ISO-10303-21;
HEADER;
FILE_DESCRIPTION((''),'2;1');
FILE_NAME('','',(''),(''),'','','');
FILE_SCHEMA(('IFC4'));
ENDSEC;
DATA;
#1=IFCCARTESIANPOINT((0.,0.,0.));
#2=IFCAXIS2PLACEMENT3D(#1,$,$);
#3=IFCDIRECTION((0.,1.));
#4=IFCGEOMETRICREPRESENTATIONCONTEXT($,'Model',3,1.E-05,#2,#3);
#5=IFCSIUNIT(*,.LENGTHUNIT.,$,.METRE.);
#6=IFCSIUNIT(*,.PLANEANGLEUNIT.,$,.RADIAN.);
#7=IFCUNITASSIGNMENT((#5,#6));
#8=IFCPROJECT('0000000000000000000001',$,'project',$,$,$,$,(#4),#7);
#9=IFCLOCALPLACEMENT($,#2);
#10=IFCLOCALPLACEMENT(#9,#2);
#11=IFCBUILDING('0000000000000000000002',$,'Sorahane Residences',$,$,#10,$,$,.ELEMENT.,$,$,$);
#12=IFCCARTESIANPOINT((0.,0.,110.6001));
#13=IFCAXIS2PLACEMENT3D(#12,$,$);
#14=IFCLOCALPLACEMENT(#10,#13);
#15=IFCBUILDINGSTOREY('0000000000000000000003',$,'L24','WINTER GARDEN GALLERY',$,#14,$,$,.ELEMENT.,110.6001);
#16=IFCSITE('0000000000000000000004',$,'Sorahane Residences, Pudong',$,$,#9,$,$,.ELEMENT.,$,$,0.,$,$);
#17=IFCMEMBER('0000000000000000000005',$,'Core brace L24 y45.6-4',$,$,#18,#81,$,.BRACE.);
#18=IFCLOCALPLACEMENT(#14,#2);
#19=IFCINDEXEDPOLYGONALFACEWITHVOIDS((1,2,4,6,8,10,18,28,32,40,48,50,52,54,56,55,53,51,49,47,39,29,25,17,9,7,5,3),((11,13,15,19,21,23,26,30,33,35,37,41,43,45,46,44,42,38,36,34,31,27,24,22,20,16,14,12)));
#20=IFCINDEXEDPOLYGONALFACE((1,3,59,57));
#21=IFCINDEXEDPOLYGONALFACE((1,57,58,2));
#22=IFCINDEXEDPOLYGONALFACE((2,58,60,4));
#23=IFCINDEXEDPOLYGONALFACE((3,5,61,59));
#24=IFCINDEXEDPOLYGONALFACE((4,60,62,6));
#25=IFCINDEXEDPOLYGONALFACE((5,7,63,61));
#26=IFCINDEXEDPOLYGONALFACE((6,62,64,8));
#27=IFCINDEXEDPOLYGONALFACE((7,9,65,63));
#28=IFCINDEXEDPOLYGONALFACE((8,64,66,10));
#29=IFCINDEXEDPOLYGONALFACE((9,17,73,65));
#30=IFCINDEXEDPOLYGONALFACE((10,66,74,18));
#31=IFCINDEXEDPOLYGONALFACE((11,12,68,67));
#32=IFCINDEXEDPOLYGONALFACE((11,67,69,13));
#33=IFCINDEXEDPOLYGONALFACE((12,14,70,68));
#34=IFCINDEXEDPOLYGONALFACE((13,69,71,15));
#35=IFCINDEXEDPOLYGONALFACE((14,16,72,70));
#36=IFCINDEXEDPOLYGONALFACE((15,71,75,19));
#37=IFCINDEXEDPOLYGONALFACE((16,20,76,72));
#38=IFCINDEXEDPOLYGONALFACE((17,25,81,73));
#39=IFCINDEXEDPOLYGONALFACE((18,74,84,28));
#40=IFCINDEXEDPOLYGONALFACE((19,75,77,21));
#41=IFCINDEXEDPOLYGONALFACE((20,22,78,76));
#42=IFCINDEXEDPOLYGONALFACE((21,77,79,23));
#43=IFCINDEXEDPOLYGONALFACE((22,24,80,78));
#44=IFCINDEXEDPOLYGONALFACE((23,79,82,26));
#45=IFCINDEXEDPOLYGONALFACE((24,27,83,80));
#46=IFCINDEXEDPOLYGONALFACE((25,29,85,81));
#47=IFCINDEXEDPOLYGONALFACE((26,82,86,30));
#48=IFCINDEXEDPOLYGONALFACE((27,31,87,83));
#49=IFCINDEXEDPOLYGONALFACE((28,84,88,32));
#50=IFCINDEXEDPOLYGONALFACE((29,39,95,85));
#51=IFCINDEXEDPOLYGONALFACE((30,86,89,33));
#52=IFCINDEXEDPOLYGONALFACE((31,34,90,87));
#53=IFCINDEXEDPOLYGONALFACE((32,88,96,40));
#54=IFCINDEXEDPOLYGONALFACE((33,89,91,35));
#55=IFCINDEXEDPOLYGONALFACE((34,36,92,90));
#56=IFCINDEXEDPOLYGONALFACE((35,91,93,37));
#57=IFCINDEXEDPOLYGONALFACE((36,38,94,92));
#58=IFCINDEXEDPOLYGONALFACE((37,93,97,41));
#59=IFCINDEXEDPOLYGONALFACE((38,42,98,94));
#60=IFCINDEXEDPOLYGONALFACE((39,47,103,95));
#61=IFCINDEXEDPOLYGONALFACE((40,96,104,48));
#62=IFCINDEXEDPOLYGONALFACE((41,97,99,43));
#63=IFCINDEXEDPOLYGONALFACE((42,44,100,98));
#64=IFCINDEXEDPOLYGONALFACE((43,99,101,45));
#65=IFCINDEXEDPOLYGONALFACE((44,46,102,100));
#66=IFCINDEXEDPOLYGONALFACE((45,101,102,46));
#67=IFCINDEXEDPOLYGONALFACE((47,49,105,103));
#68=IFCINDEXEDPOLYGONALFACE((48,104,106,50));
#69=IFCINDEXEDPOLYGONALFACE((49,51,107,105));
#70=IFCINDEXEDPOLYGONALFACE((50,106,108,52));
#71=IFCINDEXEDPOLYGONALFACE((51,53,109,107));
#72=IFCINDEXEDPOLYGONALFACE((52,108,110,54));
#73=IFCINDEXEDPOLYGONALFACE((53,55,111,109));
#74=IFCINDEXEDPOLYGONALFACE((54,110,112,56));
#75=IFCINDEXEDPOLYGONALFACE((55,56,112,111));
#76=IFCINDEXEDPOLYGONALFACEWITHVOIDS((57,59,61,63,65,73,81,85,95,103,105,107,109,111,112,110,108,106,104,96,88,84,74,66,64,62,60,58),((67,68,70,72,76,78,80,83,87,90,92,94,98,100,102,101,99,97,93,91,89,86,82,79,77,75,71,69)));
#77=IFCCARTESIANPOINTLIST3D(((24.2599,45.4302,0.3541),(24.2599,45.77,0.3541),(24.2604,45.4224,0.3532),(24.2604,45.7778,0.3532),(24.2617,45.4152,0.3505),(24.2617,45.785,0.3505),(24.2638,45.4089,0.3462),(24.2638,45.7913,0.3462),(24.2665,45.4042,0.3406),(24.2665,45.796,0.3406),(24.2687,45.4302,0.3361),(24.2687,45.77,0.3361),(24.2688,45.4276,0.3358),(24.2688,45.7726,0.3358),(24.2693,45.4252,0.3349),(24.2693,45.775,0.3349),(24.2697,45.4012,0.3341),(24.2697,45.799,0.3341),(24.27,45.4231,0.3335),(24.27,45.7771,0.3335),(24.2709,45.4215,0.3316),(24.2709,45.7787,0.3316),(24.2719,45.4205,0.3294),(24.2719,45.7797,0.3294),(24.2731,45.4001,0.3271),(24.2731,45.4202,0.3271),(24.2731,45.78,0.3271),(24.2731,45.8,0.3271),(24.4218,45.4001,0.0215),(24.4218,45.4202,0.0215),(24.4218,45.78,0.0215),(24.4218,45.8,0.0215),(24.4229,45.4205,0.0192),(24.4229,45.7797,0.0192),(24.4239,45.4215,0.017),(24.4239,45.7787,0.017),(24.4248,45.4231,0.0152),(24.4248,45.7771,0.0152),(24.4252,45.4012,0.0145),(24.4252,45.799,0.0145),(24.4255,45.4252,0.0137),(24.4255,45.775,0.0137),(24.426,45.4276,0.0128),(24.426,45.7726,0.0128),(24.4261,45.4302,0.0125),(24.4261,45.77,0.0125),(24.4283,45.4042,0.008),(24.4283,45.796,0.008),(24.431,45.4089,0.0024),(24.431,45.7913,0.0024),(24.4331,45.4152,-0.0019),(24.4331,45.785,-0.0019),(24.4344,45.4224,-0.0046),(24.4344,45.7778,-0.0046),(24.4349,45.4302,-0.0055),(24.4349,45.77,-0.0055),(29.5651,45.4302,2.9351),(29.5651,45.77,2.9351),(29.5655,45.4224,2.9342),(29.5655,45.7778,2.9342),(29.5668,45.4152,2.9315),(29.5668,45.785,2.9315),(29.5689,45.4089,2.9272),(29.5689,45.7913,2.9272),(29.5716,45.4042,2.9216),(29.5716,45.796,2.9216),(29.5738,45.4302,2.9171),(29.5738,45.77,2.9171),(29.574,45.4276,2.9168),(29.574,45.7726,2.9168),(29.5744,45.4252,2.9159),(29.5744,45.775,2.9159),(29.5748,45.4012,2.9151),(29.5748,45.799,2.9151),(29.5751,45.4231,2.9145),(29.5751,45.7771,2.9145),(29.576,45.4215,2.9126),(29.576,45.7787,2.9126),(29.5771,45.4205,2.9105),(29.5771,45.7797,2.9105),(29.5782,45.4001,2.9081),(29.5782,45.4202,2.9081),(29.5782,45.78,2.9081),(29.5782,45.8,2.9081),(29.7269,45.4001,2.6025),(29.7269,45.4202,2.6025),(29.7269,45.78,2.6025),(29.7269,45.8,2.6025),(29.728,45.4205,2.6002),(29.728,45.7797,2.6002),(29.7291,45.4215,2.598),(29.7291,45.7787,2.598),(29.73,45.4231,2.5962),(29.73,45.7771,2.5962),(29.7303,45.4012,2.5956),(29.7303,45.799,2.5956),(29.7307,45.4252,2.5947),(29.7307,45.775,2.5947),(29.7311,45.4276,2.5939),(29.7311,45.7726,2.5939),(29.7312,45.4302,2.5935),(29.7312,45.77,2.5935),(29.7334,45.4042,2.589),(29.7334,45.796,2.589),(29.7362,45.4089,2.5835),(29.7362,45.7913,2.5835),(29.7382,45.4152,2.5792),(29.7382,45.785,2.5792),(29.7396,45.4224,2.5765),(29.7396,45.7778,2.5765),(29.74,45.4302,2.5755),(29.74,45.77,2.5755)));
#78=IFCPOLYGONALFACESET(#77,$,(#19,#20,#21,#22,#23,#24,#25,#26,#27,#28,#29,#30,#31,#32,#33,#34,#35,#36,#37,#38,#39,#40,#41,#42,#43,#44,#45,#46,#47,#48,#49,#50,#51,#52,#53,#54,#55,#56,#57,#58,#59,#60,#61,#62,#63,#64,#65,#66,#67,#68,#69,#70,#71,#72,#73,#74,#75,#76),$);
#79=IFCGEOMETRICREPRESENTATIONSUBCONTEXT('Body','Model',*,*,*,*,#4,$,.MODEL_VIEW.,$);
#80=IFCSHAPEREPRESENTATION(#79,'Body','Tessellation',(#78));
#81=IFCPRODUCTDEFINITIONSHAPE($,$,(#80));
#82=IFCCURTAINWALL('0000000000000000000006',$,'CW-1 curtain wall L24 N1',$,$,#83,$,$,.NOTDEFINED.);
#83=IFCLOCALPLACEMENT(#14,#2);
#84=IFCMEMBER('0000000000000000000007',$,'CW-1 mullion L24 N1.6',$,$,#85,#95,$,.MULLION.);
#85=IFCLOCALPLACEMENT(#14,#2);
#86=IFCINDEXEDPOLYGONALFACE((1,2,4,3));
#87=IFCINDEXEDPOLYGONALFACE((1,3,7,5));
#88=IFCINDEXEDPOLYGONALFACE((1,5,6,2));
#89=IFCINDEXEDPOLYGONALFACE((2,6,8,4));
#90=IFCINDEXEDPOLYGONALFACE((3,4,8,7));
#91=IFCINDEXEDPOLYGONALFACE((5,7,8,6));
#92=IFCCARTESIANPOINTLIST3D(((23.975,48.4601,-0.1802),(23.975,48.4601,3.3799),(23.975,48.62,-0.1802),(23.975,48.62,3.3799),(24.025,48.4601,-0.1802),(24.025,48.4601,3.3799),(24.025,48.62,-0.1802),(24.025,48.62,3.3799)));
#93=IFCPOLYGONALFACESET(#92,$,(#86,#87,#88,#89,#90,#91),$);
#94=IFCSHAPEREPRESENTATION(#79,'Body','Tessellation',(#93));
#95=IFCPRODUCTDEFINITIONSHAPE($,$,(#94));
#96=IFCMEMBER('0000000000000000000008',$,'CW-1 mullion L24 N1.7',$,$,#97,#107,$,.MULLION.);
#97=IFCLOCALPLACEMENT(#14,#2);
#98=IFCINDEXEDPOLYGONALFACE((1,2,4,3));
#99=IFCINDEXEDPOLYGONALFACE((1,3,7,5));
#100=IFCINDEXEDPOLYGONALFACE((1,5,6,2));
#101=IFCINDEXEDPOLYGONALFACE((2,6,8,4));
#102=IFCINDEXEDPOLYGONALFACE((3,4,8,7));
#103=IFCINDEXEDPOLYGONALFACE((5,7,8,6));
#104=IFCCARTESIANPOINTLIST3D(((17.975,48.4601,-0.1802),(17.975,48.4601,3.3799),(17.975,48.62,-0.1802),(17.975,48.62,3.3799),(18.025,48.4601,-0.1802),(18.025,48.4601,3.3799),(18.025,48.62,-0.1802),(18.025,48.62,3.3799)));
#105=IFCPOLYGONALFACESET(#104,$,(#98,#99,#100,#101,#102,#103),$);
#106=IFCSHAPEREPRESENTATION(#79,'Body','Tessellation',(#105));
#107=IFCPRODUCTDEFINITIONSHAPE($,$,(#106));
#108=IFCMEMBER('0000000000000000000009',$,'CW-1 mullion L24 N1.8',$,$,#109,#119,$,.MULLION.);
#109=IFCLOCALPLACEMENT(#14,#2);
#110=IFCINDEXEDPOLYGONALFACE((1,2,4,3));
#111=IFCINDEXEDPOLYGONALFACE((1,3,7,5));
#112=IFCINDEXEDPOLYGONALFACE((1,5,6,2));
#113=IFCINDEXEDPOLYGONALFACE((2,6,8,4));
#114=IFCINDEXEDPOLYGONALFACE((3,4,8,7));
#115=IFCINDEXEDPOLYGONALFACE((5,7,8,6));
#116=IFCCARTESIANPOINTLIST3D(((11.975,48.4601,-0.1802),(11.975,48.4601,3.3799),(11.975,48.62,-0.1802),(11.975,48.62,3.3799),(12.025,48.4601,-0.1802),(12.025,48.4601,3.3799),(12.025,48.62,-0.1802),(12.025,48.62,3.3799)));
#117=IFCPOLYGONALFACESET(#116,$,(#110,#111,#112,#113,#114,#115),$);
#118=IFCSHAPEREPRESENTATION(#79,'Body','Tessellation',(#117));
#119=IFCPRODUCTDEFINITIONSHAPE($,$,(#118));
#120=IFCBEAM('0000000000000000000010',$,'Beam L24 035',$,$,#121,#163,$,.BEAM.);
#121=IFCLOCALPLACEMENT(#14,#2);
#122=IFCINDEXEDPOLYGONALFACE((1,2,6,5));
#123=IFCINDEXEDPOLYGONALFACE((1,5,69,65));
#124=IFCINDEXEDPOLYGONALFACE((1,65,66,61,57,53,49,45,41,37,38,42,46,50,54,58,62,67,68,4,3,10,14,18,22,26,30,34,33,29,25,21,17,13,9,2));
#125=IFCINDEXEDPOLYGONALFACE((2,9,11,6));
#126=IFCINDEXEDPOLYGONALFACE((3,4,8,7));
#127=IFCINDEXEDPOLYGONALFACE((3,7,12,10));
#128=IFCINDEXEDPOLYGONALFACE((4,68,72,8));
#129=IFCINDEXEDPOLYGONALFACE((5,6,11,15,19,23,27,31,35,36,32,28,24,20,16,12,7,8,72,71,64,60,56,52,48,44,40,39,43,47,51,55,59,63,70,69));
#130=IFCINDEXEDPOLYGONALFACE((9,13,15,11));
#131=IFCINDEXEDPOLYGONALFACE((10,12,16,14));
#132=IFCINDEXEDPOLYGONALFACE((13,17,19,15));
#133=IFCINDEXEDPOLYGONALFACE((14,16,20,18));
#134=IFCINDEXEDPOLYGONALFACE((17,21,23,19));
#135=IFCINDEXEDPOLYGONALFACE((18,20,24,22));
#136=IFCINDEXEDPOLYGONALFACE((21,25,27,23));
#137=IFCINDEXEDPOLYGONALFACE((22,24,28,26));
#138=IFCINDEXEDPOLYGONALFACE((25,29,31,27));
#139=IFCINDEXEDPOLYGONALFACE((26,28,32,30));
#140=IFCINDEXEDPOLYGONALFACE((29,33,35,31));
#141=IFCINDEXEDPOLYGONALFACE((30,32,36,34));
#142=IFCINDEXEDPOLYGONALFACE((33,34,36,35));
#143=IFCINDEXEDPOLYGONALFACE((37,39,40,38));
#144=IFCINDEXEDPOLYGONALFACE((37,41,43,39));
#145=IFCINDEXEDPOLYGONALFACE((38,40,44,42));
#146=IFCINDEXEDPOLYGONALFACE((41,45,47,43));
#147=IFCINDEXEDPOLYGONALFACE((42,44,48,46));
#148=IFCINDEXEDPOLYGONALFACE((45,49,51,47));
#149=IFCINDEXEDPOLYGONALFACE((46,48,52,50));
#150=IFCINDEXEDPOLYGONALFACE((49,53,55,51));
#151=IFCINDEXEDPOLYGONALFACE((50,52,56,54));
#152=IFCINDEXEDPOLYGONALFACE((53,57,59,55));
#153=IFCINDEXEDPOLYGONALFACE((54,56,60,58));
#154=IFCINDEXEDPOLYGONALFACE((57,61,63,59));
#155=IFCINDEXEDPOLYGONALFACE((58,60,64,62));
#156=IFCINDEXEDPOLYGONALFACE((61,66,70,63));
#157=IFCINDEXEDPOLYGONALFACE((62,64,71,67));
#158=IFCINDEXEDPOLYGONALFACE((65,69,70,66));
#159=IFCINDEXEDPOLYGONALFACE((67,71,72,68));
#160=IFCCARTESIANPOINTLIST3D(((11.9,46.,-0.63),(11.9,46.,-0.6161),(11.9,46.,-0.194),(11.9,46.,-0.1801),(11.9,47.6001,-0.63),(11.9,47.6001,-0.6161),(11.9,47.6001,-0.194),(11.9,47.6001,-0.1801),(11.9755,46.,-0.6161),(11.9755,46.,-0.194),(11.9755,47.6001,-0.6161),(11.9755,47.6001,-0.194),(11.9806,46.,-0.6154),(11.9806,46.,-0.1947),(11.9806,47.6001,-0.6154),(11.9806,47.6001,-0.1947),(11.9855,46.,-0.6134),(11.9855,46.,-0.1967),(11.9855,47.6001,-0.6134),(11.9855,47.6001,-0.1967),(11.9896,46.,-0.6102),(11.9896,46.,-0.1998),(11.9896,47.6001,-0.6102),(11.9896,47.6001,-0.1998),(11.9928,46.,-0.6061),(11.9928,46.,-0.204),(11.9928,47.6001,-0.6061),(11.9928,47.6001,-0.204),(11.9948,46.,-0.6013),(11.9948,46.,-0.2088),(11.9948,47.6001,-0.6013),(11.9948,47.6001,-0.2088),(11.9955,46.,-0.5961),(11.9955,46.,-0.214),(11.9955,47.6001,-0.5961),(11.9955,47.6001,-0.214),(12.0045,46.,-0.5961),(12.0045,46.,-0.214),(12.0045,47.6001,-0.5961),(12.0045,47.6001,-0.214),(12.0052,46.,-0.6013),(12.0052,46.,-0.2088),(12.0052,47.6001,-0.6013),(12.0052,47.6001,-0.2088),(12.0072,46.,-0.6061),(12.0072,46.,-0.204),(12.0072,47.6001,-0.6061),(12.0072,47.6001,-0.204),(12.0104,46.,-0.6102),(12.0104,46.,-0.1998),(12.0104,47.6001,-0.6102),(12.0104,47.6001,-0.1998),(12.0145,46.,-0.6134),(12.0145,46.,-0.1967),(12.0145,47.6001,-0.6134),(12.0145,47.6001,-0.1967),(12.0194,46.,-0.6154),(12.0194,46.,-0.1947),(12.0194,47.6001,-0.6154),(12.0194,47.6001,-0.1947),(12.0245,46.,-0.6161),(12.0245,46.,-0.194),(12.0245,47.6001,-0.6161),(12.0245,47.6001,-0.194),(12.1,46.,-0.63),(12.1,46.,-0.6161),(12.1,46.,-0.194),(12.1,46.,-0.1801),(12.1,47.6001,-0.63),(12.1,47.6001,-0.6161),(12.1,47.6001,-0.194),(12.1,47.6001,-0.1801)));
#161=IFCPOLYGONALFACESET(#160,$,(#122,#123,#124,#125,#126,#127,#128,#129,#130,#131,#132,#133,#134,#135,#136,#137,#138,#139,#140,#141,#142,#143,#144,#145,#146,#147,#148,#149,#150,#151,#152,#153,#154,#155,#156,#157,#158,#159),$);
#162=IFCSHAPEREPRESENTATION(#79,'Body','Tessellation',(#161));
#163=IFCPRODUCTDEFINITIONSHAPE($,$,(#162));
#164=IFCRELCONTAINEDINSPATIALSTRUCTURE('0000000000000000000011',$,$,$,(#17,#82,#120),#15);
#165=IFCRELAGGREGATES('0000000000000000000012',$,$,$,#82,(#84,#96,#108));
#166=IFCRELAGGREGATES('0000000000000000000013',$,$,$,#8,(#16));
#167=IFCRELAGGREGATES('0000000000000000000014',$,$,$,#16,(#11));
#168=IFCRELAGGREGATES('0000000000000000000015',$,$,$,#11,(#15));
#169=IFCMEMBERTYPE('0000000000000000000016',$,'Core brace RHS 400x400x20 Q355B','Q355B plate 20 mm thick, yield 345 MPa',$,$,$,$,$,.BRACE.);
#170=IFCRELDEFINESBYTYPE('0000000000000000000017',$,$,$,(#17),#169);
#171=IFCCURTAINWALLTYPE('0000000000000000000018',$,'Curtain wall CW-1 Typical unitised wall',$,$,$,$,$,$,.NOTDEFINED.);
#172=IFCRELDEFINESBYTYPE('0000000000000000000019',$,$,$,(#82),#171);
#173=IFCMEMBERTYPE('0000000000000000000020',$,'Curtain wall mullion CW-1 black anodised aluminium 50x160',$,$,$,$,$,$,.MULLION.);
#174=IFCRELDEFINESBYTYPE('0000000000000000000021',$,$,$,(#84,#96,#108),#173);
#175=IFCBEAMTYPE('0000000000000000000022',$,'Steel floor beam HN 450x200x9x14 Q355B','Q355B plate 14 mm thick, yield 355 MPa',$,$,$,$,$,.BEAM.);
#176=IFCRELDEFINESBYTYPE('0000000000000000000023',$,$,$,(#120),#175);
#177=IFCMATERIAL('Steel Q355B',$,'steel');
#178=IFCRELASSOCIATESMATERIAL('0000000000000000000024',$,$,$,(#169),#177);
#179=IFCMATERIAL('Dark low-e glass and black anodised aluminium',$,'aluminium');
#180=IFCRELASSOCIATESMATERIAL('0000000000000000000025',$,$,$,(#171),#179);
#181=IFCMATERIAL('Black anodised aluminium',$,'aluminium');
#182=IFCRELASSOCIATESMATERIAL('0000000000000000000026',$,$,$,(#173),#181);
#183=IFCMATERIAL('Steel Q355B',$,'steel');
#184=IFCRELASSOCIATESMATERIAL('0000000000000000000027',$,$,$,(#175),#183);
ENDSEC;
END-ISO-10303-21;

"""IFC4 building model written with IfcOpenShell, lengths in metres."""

from ifc_helpers import new_model, si_unit, direction, frame, origin, origin_2d, place, context, subcontext, project, spatial, rectangle, hollow_rectangle, i_section, extrude, material, material_profile, profile_set, type_object, element, aggregate, save


model = new_model("IFC4")

# Units and contexts
model_context = context("Model", 3, precision=1e-05, world=origin(), true_north=direction((0.0, 1.0)))
body_context = subcontext(model_context, "Body", "Model", "MODEL_VIEW")
ifc_project = project(units=[si_unit("LENGTHUNIT", "METRE"), si_unit("PLANEANGLEUNIT", "RADIAN")], contexts=[model_context])

# Site, building, storey
site_placement = place(None, origin())
site = spatial("IfcSite", under=ifc_project, at=site_placement, Name="Sorahane Residences, Pudong", CompositionType="ELEMENT", RefElevation=0.0)
building_placement = place(site_placement, origin())
building = spatial("IfcBuilding", under=site, at=building_placement, Name="Sorahane Residences", CompositionType="ELEMENT")
storey_placement = place(building_placement, frame((0.0, 0.0, 110.6001)))
storey = spatial("IfcBuildingStorey", under=building, at=storey_placement, Name="L24", Description="WINTER GARDEN GALLERY", CompositionType="ELEMENT", Elevation=110.6001)

# Member
ifc_material_1 = material(Name="Steel Q355B", Category="steel")
ifc_material_profile_1 = material_profile(ifc_material_1, hollow_rectangle(XDim=0.3999, YDim=0.3999, WallThickness=0.02, InnerFilletRadius=0.01, OuterFilletRadius=0.03, at=origin_2d()), Name="RHS 400x400x20")
ifc_profile_set_1 = profile_set([ifc_material_profile_1], Name="Steel Q355B")
member_type_1 = type_object("IfcMemberType", Name="Core brace RHS 400x400x20 Q355B", Description="Q355B plate 20 mm thick, yield 345 MPa", PredefinedType="BRACE", material=ifc_profile_set_1)
for number, where, z_axis, x_axis, name in (
    (1, (24.3474, 45.6001, 0.1743), (0.899225, 0.0, 0.437487), (0.0, 1.0, 0.0), "Core brace L24 y45.6-4"),
):
    element("IfcMember", number, at=place(storey_placement, frame(where, z_axis=z_axis, x_axis=x_axis)), inside=storey, type_object=member_type_1, Name=name, PredefinedType="BRACE", context=body_context, shape_type="SweptSolid", body=[
        extrude(hollow_rectangle(XDim=0.3999, YDim=0.3999, WallThickness=0.02, InnerFilletRadius=0.01, OuterFilletRadius=0.03, at=origin_2d()), origin(), (0.0, 0.0, 1.0), 5.8997),
    ])

# Curtain wall, members
ifc_material_2 = material(Name="Dark low-e glass and black anodised aluminium", Category="aluminium")
curtain_wall_type = type_object("IfcCurtainWallType", Name="Curtain wall CW-1 Typical unitised wall", PredefinedType="NOTDEFINED", material=ifc_material_2)
curtain_wall_placement = place(storey_placement, origin())
curtain_wall = element("IfcCurtainWall", 2, at=curtain_wall_placement, inside=storey, type_object=curtain_wall_type, Name="CW-1 curtain wall L24 N1", PredefinedType="NOTDEFINED")
ifc_material_3 = material(Name="Black anodised aluminium", Category="aluminium")
ifc_material_profile_2 = material_profile(ifc_material_3, rectangle(XDim=0.1599, YDim=0.05, at=origin_2d()), Name="Curtain wall mullion CW-1 black anodised aluminium 50x160")
ifc_profile_set_2 = profile_set([ifc_material_profile_2], Name="Black anodised aluminium")
member_type_2 = type_object("IfcMemberType", Name="Curtain wall mullion CW-1 black anodised aluminium 50x160", PredefinedType="MULLION", material=ifc_profile_set_2)
member_1_placement = place(storey_placement, frame((24.0, 48.54, -0.1802), z_axis=(0.0, 0.0, 1.0), x_axis=(0.0, 1.0, 0.0)))
member_1 = element("IfcMember", 3, at=member_1_placement, type_object=member_type_2, Name="CW-1 mullion L24 N1.6", PredefinedType="MULLION", context=body_context, shape_type="SweptSolid", body=[
    extrude(rectangle(XDim=0.1599, YDim=0.05, at=origin_2d()), origin(), (0.0, 0.0, 1.0), 3.5601),
])
member_2_placement = place(storey_placement, frame((18.0, 48.54, -0.1802), z_axis=(0.0, 0.0, 1.0), x_axis=(0.0, 1.0, 0.0)))
member_2 = element("IfcMember", 4, at=member_2_placement, type_object=member_type_2, Name="CW-1 mullion L24 N1.7", PredefinedType="MULLION", context=body_context, shape_type="SweptSolid", body=[
    extrude(rectangle(XDim=0.1599, YDim=0.05, at=origin_2d()), origin(), (0.0, 0.0, 1.0), 3.5601),
])
member_3_placement = place(storey_placement, frame((12.0, 48.54, -0.1802), z_axis=(0.0, 0.0, 1.0), x_axis=(0.0, 1.0, 0.0)))
member_3 = element("IfcMember", 5, at=member_3_placement, type_object=member_type_2, Name="CW-1 mullion L24 N1.8", PredefinedType="MULLION", context=body_context, shape_type="SweptSolid", body=[
    extrude(rectangle(XDim=0.1599, YDim=0.05, at=origin_2d()), origin(), (0.0, 0.0, 1.0), 3.5601),
])

# Beam
ifc_material_4 = material(Name="Steel Q355B", Category="steel")
ifc_material_profile_3 = material_profile(ifc_material_4, i_section(OverallWidth=0.2, OverallDepth=0.45, WebThickness=0.009, FlangeThickness=0.0139, FilletRadius=0.02, at=origin_2d()), Name="HN 450x200x9x14")
ifc_profile_set_3 = profile_set([ifc_material_profile_3], Name="Steel Q355B")
beam_type_1 = type_object("IfcBeamType", Name="Steel floor beam HN 450x200x9x14 Q355B", Description="Q355B plate 14 mm thick, yield 355 MPa", PredefinedType="BEAM", material=ifc_profile_set_3)
beam_1_placement = place(storey_placement, frame((12.0, 46.0, -0.405), z_axis=(0.0, 1.0, 0.0), x_axis=(-1.0, 0.0, 0.0)))
element("IfcBeam", 6, at=beam_1_placement, inside=storey, type_object=beam_type_1, Name="Beam L24 035", PredefinedType="BEAM", context=body_context, shape_type="SweptSolid", body=[
    extrude(i_section(OverallWidth=0.2, OverallDepth=0.45, WebThickness=0.009, FlangeThickness=0.0139, FilletRadius=0.02, at=origin_2d()), origin(), (0.0, 0.0, 1.0), 1.6001),
])

aggregate(curtain_wall, [member_1, member_2, member_3])

save(model, "model.ifc")
